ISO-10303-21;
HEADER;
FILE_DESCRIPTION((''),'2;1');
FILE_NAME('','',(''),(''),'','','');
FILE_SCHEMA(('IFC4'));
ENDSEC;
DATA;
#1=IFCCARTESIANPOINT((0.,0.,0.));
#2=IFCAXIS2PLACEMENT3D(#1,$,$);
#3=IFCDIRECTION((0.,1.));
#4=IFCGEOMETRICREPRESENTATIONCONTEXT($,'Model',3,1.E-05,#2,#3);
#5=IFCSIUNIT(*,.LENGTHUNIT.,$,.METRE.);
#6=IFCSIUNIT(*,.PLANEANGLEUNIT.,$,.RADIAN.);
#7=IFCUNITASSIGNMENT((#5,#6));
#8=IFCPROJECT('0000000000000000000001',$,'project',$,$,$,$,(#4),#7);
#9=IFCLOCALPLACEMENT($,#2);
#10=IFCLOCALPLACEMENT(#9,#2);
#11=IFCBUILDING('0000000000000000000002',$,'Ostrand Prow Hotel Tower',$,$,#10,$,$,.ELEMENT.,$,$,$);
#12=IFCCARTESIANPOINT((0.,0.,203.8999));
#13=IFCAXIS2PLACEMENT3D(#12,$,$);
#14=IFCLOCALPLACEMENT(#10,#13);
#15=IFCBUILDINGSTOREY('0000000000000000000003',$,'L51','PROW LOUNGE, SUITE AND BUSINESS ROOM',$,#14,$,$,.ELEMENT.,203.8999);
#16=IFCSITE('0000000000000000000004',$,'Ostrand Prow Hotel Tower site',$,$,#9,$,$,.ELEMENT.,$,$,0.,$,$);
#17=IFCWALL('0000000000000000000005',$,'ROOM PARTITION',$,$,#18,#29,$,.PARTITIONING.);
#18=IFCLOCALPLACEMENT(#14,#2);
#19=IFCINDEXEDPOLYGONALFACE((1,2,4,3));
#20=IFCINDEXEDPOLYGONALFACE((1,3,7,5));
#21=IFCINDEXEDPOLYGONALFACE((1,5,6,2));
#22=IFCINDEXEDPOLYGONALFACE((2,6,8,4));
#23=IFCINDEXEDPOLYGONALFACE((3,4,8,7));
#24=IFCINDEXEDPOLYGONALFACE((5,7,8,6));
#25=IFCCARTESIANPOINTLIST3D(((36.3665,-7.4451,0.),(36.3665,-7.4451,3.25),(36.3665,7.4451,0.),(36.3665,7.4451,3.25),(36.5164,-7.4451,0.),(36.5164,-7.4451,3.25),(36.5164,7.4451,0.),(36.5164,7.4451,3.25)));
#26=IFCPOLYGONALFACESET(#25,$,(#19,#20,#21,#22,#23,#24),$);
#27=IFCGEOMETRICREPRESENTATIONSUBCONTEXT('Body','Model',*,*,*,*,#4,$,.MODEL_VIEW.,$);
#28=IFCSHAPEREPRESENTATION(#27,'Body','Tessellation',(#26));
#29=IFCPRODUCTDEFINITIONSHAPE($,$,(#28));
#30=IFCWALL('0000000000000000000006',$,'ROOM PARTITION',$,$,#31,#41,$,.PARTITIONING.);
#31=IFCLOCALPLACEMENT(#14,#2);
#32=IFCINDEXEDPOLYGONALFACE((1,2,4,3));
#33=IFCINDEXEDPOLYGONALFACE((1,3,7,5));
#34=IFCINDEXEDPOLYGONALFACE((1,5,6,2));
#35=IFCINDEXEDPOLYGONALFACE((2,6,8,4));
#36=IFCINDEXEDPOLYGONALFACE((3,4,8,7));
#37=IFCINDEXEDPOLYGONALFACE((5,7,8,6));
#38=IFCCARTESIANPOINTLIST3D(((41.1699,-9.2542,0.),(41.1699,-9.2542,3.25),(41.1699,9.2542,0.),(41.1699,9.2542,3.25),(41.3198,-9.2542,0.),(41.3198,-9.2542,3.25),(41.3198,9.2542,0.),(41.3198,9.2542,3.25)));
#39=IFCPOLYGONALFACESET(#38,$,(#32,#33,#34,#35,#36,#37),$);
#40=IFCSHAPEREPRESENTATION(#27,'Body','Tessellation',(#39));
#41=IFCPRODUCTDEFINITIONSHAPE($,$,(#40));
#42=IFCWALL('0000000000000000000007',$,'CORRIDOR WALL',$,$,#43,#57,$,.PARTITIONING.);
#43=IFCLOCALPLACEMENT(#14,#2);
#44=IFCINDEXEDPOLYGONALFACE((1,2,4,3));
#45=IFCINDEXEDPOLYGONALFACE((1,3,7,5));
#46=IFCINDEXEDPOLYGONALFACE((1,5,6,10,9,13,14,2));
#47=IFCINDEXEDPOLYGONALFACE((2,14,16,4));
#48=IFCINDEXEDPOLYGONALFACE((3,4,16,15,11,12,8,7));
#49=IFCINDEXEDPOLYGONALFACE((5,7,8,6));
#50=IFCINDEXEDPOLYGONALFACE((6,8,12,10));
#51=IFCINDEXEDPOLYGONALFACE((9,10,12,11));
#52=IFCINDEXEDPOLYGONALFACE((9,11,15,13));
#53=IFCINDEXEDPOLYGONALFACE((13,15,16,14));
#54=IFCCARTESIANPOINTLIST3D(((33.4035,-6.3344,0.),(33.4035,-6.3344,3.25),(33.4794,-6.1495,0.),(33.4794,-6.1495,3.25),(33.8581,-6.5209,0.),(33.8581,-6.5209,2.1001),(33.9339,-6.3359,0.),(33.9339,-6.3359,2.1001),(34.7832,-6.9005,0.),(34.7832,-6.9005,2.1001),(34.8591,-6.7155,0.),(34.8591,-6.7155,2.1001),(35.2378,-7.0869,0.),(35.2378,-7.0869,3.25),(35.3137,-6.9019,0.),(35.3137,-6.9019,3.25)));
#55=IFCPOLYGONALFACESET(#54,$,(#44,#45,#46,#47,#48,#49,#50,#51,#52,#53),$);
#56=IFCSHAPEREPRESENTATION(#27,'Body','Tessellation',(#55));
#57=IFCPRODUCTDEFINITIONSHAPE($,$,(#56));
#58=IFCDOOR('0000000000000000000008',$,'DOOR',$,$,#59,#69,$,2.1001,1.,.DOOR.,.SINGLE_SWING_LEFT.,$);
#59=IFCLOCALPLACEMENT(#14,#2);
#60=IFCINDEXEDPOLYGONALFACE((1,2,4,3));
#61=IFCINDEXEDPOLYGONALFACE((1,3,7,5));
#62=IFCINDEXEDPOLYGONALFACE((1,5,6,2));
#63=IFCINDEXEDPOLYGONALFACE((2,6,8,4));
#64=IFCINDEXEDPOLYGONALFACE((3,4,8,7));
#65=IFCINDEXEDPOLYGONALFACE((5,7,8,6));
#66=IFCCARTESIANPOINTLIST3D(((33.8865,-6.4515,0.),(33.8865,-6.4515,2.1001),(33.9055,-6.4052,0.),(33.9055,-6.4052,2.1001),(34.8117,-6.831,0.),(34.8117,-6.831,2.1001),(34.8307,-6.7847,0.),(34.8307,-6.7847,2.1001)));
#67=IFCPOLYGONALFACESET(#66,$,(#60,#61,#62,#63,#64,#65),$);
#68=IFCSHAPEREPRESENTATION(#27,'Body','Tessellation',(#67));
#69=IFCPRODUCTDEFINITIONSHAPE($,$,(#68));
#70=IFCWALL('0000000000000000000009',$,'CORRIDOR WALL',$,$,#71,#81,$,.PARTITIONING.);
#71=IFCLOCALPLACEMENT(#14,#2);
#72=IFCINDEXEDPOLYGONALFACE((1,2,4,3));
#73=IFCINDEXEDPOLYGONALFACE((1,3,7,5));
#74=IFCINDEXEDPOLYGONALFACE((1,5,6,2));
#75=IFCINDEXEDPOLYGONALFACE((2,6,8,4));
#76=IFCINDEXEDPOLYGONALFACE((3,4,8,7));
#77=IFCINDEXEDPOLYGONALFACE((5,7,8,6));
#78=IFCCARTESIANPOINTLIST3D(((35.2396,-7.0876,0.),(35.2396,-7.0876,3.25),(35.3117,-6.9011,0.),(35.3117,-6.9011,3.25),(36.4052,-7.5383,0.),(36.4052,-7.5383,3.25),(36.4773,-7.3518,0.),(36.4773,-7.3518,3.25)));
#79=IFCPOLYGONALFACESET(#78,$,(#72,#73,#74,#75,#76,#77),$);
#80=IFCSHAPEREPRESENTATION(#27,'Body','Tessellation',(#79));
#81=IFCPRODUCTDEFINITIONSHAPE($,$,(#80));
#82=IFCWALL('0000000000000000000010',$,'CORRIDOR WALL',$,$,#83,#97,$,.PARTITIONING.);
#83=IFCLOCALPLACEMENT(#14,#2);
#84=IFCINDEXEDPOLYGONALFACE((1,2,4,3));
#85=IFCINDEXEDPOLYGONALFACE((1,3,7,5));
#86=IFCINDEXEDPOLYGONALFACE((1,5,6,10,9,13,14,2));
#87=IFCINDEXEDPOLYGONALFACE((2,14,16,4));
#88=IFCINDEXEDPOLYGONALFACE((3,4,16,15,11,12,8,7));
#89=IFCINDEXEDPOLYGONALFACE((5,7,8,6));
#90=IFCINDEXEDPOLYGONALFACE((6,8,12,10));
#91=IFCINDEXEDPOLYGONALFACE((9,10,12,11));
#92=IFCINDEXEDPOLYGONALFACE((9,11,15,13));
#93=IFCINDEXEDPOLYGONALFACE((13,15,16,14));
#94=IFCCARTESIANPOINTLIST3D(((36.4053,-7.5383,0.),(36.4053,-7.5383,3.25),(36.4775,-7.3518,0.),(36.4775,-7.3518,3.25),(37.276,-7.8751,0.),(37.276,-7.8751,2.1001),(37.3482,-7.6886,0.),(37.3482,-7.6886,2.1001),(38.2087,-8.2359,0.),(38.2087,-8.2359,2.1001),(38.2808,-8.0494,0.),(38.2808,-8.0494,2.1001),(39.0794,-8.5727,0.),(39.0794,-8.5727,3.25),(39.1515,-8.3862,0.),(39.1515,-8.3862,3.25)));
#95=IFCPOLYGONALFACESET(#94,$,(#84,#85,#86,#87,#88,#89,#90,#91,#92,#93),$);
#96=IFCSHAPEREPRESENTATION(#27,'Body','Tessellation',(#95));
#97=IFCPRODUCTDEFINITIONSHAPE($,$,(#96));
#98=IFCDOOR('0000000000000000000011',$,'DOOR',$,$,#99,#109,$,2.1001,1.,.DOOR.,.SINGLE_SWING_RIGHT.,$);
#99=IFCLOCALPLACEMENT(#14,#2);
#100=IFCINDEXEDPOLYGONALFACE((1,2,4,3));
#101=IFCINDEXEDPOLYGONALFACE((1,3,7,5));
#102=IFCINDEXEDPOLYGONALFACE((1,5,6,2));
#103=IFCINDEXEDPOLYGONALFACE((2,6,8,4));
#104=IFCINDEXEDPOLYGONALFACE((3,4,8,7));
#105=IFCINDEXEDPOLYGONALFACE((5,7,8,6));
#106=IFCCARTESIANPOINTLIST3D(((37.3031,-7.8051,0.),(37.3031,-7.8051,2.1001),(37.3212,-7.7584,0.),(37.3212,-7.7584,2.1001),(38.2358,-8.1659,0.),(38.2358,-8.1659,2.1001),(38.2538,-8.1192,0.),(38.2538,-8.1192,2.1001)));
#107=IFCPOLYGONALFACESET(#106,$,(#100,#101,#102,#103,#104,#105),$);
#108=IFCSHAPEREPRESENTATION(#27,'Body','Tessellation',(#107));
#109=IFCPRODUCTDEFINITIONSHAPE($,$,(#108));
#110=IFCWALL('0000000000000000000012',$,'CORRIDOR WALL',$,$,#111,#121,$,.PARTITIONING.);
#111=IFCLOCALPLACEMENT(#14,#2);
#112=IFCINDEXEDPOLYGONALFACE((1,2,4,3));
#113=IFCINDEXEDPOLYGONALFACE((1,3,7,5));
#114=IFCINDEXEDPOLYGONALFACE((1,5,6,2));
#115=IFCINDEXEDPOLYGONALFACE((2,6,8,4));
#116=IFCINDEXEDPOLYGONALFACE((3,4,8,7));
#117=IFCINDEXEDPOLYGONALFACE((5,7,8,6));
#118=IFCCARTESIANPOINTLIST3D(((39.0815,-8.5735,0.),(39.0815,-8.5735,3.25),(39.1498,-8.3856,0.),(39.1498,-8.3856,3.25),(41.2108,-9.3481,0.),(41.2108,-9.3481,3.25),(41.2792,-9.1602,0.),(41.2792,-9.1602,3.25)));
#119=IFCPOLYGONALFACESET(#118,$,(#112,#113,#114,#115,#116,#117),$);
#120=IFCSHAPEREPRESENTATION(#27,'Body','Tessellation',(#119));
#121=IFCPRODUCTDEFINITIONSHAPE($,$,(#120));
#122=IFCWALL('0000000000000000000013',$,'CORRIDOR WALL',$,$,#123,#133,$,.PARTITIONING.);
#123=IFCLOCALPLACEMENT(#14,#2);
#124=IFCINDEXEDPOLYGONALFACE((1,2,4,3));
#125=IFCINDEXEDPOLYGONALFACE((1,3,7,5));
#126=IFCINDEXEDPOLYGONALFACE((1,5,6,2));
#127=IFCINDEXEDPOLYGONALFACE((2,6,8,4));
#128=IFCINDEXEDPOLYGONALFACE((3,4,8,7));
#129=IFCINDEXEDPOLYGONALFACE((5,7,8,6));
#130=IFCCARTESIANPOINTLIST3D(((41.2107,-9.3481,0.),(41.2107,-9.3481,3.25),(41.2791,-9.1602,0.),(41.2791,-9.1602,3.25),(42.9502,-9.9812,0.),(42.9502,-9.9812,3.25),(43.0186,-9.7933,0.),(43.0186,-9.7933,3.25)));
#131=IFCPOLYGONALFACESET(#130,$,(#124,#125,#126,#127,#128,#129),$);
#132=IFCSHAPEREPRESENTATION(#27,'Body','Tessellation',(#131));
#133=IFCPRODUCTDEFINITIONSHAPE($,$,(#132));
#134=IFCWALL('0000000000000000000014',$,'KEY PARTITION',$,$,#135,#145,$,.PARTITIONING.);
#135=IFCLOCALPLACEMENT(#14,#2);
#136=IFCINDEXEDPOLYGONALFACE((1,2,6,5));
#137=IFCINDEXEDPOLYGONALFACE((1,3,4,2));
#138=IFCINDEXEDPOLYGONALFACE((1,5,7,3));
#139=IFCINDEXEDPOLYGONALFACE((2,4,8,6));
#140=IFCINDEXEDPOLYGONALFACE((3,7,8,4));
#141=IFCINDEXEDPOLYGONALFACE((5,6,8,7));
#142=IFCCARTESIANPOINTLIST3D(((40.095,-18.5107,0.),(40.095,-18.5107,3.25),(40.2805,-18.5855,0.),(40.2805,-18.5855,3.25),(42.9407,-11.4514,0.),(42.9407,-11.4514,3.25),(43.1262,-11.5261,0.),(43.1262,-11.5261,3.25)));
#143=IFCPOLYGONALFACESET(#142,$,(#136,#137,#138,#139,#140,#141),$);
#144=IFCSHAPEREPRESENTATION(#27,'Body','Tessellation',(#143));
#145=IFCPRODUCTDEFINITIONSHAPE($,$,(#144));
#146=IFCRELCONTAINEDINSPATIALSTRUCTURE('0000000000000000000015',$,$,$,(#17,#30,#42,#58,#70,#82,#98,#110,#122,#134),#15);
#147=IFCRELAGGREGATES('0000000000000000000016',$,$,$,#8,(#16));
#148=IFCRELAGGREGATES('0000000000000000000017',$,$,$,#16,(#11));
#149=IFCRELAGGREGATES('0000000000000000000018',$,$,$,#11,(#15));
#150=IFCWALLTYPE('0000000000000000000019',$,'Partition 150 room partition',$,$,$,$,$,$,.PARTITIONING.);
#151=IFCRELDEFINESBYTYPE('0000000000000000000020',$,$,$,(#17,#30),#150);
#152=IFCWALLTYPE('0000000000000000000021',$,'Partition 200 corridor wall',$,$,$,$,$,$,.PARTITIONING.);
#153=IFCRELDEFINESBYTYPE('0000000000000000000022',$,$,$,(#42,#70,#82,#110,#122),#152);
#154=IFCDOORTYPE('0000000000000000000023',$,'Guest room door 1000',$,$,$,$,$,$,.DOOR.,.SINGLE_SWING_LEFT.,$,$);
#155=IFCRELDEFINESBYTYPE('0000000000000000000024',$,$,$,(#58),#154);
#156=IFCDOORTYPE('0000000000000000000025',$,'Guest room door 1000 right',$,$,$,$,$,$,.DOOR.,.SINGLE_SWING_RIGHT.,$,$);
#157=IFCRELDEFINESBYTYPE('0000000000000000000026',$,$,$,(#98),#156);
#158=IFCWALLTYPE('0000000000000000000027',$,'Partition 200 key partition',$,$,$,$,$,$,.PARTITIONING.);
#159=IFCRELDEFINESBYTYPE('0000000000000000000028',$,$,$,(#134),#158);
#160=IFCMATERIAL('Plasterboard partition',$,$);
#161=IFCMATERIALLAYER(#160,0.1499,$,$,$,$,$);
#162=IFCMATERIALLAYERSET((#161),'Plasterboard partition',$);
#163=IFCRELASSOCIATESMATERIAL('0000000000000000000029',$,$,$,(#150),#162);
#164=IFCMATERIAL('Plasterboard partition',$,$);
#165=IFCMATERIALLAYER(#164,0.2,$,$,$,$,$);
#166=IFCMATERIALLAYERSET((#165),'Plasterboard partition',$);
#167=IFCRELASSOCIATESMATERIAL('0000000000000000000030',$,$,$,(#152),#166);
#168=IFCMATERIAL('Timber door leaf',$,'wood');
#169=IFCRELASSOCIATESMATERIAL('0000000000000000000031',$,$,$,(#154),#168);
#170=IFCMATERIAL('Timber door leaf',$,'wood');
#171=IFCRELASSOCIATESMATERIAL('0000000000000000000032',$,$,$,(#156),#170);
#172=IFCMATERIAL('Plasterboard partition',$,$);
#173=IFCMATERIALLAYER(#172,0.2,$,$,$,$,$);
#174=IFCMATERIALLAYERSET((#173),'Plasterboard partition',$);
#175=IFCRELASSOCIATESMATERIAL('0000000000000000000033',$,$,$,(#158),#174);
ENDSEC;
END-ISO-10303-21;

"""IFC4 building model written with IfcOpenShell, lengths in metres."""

from ifc_helpers import new_model, si_unit, direction, frame, frame_2d, origin, place, context, subcontext, project, spatial, rectangle, extrude, material, layer, layer_set, type_object, element, fill, save


model = new_model("IFC4")

# Units and contexts
model_context = context("Model", 3, precision=1e-05, world=origin(), true_north=direction((0.0, 1.0)))
body_context = subcontext(model_context, "Body", "Model", "MODEL_VIEW")
ifc_project = project(units=[si_unit("LENGTHUNIT", "METRE"), si_unit("PLANEANGLEUNIT", "RADIAN")], contexts=[model_context])

# Site, building, storey
site_placement = place(None, origin())
site = spatial("IfcSite", under=ifc_project, at=site_placement, Name="Ostrand Prow Hotel Tower site", CompositionType="ELEMENT", RefElevation=0.0)
building_placement = place(site_placement, origin())
building = spatial("IfcBuilding", under=site, at=building_placement, Name="Ostrand Prow Hotel Tower", CompositionType="ELEMENT")
storey_placement = place(building_placement, frame((0.0, 0.0, 203.8999)))
storey = spatial("IfcBuildingStorey", under=building, at=storey_placement, Name="L51", Description="PROW LOUNGE, SUITE AND BUSINESS ROOM", CompositionType="ELEMENT", Elevation=203.8999)

# Walls
ifc_material_1 = material(Name="Plasterboard partition")
ifc_layer_1 = layer(ifc_material_1, 0.1499)
ifc_layer_set_1 = layer_set([ifc_layer_1], Name="Plasterboard partition")
wall_type_1 = type_object("IfcWallType", Name="Partition 150 room partition", PredefinedType="PARTITIONING", material=ifc_layer_set_1)
wall_1_placement = place(storey_placement, frame((36.4414, -7.4451, 0.0), z_axis=(0.0, 0.0, 1.0), x_axis=(0.0, 1.0, 0.0)))
element("IfcWall", 1, at=wall_1_placement, inside=storey, type_object=wall_type_1, Name="ROOM PARTITION", PredefinedType="PARTITIONING", context=body_context, shape_type="SweptSolid", body=[
    extrude(rectangle(XDim=14.8901, YDim=0.1499, at=frame_2d((7.4451, 0.0))), origin(), (0.0, 0.0, 1.0), 3.25),
])
wall_2_placement = place(storey_placement, frame((41.2449, -9.2542, 0.0), z_axis=(0.0, 0.0, 1.0), x_axis=(0.0, 1.0, 0.0)))
element("IfcWall", 2, at=wall_2_placement, inside=storey, type_object=wall_type_1, Name="ROOM PARTITION", PredefinedType="PARTITIONING", context=body_context, shape_type="SweptSolid", body=[
    extrude(rectangle(XDim=18.5083, YDim=0.1499, at=frame_2d((9.2542, 0.0))), origin(), (0.0, 0.0, 1.0), 3.25),
])

# Wall, opening, door
ifc_material_2 = material(Name="Plasterboard partition")
ifc_layer_2 = layer(ifc_material_2, 0.2)
ifc_layer_set_2 = layer_set([ifc_layer_2], Name="Plasterboard partition")
wall_type_2 = type_object("IfcWallType", Name="Partition 200 corridor wall", PredefinedType="PARTITIONING", material=ifc_layer_set_2)
wall_3_placement = place(storey_placement, frame((35.2756, -6.9944, 0.0), z_axis=(0.0, 0.0, 1.0), x_axis=(-0.92518, 0.379529, 0.0)))
wall_3 = element("IfcWall", 3, at=wall_3_placement, inside=storey, type_object=wall_type_2, Name="CORRIDOR WALL", PredefinedType="PARTITIONING", context=body_context, shape_type="SweptSolid", body=[
    extrude(rectangle(XDim=1.9827, YDim=0.2, at=frame_2d((0.9912, 0.0))), origin(), (0.0, 0.0, 1.0), 3.25),
])
opening_1_placement = place(wall_3_placement, frame((0.4912, 0.0, 0.0)))
opening_1 = element("IfcOpeningElement", 4, at=opening_1_placement, cuts=wall_3, PredefinedType="OPENING", context=body_context, shape_type="SweptSolid", body=[
    extrude(rectangle(XDim=1.0, YDim=2.1001, at=frame_2d((0.5, 1.05))), frame((0.0, 0.1099, 0.0), z_axis=(0.0, -1.0, 0.0), x_axis=(1.0, 0.0, 0.0)), (0.0, 0.0, 1.0), 0.22),
])
ifc_material_3 = material(Name="Timber door leaf", Category="wood")
door_type_1 = type_object("IfcDoorType", Name="Guest room door 1000", OperationType="SINGLE_SWING_LEFT", PredefinedType="DOOR", material=ifc_material_3)
door_1_placement = place(opening_1_placement, origin())
door_1 = element("IfcDoor", 5, at=door_1_placement, inside=storey, type_object=door_type_1, Name="DOOR", OperationType="SINGLE_SWING_LEFT", OverallHeight=2.1001, OverallWidth=1.0, PredefinedType="DOOR", context=body_context, shape_type="SweptSolid", body=[
    extrude(rectangle(XDim=1.0, YDim=2.1001, at=frame_2d((0.5, 1.05))), frame((0.0, 0.0249, 0.0), z_axis=(0.0, -1.0, 0.0), x_axis=(1.0, 0.0, 0.0)), (0.0, 0.0, 1.0), 0.05),
])
fill(opening_1, door_1)

# Wall
wall_4_placement = place(storey_placement, frame((36.4414, -7.4451, 0.0), z_axis=(0.0, 0.0, 1.0), x_axis=(-0.932725, 0.360589, 0.0)))
element("IfcWall", 6, at=wall_4_placement, inside=storey, type_object=wall_type_2, Name="CORRIDOR WALL", PredefinedType="PARTITIONING", context=body_context, shape_type="SweptSolid", body=[
    extrude(rectangle(XDim=1.2498, YDim=0.2, at=frame_2d((0.625, 0.0))), origin(), (0.0, 0.0, 1.0), 3.25),
])

# Wall, opening, door
wall_5_placement = place(storey_placement, frame((39.1155, -8.4795, 0.0), z_axis=(0.0, 0.0, 1.0), x_axis=(-0.93265, 0.360781, 0.0)))
wall_5 = element("IfcWall", 7, at=wall_5_placement, inside=storey, type_object=wall_type_2, Name="CORRIDOR WALL", PredefinedType="PARTITIONING", context=body_context, shape_type="SweptSolid", body=[
    extrude(rectangle(XDim=2.8672, YDim=0.2, at=frame_2d((1.4336, 0.0))), origin(), (0.0, 0.0, 1.0), 3.25),
])
opening_2_placement = place(wall_5_placement, frame((0.9336, 0.0, 0.0)))
opening_2 = element("IfcOpeningElement", 8, at=opening_2_placement, cuts=wall_5, PredefinedType="OPENING", context=body_context, shape_type="SweptSolid", body=[
    extrude(rectangle(XDim=1.0, YDim=2.1001, at=frame_2d((0.5, 1.05))), frame((0.0, 0.1099, 0.0), z_axis=(0.0, -1.0, 0.0), x_axis=(1.0, 0.0, 0.0)), (0.0, 0.0, 1.0), 0.22),
])
ifc_material_4 = material(Name="Timber door leaf", Category="wood")
door_type_2 = type_object("IfcDoorType", Name="Guest room door 1000 right", OperationType="SINGLE_SWING_RIGHT", PredefinedType="DOOR", material=ifc_material_4)
door_2_placement = place(opening_2_placement, origin())
door_2 = element("IfcDoor", 9, at=door_2_placement, inside=storey, type_object=door_type_2, Name="DOOR", OperationType="SINGLE_SWING_RIGHT", OverallHeight=2.1001, OverallWidth=1.0, PredefinedType="DOOR", context=body_context, shape_type="SweptSolid", body=[
    extrude(rectangle(XDim=1.0, YDim=2.1001, at=frame_2d((0.5, 1.05))), frame((0.0, 0.0249, 0.0), z_axis=(0.0, -1.0, 0.0), x_axis=(1.0, 0.0, 0.0)), (0.0, 0.0, 1.0), 0.05),
])
fill(opening_2, door_2)

# Walls
wall_6_placement = place(storey_placement, frame((41.2449, -9.2542, 0.0), z_axis=(0.0, 0.0, 1.0), x_axis=(-0.939746, 0.341873, 0.0)))
element("IfcWall", 10, at=wall_6_placement, inside=storey, type_object=wall_type_2, Name="CORRIDOR WALL", PredefinedType="PARTITIONING", context=body_context, shape_type="SweptSolid", body=[
    extrude(rectangle(XDim=2.2659, YDim=0.2, at=frame_2d((1.1328, 0.0))), origin(), (0.0, 0.0, 1.0), 3.25),
])
wall_7_placement = place(storey_placement, frame((42.9844, -9.8872, 0.0), z_axis=(0.0, 0.0, 1.0), x_axis=(-0.939705, 0.341987, 0.0)))
element("IfcWall", 11, at=wall_7_placement, inside=storey, type_object=wall_type_2, Name="CORRIDOR WALL", PredefinedType="PARTITIONING", context=body_context, shape_type="SweptSolid", body=[
    extrude(rectangle(XDim=1.8511, YDim=0.2, at=frame_2d((0.9255, 0.0))), origin(), (0.0, 0.0, 1.0), 3.25),
])
ifc_material_5 = material(Name="Plasterboard partition")
ifc_layer_3 = layer(ifc_material_5, 0.2)
ifc_layer_set_3 = layer_set([ifc_layer_3], Name="Plasterboard partition")
wall_type_3 = type_object("IfcWallType", Name="Partition 200 key partition", PredefinedType="PARTITIONING", material=ifc_layer_set_3)
wall_8_placement = place(storey_placement, frame((40.1877, -18.5481, 0.0), z_axis=(0.0, 0.0, 1.0), x_axis=(0.373878, 0.927478, 0.0)))
element("IfcWall", 12, at=wall_8_placement, inside=storey, type_object=wall_type_3, Name="KEY PARTITION", PredefinedType="PARTITIONING", context=body_context, shape_type="SweptSolid", body=[
    extrude(rectangle(XDim=7.6113, YDim=0.2, at=frame_2d((3.8057, 0.0))), origin(), (0.0, 0.0, 1.0), 3.25),
])

save(model, "model.ifc")
